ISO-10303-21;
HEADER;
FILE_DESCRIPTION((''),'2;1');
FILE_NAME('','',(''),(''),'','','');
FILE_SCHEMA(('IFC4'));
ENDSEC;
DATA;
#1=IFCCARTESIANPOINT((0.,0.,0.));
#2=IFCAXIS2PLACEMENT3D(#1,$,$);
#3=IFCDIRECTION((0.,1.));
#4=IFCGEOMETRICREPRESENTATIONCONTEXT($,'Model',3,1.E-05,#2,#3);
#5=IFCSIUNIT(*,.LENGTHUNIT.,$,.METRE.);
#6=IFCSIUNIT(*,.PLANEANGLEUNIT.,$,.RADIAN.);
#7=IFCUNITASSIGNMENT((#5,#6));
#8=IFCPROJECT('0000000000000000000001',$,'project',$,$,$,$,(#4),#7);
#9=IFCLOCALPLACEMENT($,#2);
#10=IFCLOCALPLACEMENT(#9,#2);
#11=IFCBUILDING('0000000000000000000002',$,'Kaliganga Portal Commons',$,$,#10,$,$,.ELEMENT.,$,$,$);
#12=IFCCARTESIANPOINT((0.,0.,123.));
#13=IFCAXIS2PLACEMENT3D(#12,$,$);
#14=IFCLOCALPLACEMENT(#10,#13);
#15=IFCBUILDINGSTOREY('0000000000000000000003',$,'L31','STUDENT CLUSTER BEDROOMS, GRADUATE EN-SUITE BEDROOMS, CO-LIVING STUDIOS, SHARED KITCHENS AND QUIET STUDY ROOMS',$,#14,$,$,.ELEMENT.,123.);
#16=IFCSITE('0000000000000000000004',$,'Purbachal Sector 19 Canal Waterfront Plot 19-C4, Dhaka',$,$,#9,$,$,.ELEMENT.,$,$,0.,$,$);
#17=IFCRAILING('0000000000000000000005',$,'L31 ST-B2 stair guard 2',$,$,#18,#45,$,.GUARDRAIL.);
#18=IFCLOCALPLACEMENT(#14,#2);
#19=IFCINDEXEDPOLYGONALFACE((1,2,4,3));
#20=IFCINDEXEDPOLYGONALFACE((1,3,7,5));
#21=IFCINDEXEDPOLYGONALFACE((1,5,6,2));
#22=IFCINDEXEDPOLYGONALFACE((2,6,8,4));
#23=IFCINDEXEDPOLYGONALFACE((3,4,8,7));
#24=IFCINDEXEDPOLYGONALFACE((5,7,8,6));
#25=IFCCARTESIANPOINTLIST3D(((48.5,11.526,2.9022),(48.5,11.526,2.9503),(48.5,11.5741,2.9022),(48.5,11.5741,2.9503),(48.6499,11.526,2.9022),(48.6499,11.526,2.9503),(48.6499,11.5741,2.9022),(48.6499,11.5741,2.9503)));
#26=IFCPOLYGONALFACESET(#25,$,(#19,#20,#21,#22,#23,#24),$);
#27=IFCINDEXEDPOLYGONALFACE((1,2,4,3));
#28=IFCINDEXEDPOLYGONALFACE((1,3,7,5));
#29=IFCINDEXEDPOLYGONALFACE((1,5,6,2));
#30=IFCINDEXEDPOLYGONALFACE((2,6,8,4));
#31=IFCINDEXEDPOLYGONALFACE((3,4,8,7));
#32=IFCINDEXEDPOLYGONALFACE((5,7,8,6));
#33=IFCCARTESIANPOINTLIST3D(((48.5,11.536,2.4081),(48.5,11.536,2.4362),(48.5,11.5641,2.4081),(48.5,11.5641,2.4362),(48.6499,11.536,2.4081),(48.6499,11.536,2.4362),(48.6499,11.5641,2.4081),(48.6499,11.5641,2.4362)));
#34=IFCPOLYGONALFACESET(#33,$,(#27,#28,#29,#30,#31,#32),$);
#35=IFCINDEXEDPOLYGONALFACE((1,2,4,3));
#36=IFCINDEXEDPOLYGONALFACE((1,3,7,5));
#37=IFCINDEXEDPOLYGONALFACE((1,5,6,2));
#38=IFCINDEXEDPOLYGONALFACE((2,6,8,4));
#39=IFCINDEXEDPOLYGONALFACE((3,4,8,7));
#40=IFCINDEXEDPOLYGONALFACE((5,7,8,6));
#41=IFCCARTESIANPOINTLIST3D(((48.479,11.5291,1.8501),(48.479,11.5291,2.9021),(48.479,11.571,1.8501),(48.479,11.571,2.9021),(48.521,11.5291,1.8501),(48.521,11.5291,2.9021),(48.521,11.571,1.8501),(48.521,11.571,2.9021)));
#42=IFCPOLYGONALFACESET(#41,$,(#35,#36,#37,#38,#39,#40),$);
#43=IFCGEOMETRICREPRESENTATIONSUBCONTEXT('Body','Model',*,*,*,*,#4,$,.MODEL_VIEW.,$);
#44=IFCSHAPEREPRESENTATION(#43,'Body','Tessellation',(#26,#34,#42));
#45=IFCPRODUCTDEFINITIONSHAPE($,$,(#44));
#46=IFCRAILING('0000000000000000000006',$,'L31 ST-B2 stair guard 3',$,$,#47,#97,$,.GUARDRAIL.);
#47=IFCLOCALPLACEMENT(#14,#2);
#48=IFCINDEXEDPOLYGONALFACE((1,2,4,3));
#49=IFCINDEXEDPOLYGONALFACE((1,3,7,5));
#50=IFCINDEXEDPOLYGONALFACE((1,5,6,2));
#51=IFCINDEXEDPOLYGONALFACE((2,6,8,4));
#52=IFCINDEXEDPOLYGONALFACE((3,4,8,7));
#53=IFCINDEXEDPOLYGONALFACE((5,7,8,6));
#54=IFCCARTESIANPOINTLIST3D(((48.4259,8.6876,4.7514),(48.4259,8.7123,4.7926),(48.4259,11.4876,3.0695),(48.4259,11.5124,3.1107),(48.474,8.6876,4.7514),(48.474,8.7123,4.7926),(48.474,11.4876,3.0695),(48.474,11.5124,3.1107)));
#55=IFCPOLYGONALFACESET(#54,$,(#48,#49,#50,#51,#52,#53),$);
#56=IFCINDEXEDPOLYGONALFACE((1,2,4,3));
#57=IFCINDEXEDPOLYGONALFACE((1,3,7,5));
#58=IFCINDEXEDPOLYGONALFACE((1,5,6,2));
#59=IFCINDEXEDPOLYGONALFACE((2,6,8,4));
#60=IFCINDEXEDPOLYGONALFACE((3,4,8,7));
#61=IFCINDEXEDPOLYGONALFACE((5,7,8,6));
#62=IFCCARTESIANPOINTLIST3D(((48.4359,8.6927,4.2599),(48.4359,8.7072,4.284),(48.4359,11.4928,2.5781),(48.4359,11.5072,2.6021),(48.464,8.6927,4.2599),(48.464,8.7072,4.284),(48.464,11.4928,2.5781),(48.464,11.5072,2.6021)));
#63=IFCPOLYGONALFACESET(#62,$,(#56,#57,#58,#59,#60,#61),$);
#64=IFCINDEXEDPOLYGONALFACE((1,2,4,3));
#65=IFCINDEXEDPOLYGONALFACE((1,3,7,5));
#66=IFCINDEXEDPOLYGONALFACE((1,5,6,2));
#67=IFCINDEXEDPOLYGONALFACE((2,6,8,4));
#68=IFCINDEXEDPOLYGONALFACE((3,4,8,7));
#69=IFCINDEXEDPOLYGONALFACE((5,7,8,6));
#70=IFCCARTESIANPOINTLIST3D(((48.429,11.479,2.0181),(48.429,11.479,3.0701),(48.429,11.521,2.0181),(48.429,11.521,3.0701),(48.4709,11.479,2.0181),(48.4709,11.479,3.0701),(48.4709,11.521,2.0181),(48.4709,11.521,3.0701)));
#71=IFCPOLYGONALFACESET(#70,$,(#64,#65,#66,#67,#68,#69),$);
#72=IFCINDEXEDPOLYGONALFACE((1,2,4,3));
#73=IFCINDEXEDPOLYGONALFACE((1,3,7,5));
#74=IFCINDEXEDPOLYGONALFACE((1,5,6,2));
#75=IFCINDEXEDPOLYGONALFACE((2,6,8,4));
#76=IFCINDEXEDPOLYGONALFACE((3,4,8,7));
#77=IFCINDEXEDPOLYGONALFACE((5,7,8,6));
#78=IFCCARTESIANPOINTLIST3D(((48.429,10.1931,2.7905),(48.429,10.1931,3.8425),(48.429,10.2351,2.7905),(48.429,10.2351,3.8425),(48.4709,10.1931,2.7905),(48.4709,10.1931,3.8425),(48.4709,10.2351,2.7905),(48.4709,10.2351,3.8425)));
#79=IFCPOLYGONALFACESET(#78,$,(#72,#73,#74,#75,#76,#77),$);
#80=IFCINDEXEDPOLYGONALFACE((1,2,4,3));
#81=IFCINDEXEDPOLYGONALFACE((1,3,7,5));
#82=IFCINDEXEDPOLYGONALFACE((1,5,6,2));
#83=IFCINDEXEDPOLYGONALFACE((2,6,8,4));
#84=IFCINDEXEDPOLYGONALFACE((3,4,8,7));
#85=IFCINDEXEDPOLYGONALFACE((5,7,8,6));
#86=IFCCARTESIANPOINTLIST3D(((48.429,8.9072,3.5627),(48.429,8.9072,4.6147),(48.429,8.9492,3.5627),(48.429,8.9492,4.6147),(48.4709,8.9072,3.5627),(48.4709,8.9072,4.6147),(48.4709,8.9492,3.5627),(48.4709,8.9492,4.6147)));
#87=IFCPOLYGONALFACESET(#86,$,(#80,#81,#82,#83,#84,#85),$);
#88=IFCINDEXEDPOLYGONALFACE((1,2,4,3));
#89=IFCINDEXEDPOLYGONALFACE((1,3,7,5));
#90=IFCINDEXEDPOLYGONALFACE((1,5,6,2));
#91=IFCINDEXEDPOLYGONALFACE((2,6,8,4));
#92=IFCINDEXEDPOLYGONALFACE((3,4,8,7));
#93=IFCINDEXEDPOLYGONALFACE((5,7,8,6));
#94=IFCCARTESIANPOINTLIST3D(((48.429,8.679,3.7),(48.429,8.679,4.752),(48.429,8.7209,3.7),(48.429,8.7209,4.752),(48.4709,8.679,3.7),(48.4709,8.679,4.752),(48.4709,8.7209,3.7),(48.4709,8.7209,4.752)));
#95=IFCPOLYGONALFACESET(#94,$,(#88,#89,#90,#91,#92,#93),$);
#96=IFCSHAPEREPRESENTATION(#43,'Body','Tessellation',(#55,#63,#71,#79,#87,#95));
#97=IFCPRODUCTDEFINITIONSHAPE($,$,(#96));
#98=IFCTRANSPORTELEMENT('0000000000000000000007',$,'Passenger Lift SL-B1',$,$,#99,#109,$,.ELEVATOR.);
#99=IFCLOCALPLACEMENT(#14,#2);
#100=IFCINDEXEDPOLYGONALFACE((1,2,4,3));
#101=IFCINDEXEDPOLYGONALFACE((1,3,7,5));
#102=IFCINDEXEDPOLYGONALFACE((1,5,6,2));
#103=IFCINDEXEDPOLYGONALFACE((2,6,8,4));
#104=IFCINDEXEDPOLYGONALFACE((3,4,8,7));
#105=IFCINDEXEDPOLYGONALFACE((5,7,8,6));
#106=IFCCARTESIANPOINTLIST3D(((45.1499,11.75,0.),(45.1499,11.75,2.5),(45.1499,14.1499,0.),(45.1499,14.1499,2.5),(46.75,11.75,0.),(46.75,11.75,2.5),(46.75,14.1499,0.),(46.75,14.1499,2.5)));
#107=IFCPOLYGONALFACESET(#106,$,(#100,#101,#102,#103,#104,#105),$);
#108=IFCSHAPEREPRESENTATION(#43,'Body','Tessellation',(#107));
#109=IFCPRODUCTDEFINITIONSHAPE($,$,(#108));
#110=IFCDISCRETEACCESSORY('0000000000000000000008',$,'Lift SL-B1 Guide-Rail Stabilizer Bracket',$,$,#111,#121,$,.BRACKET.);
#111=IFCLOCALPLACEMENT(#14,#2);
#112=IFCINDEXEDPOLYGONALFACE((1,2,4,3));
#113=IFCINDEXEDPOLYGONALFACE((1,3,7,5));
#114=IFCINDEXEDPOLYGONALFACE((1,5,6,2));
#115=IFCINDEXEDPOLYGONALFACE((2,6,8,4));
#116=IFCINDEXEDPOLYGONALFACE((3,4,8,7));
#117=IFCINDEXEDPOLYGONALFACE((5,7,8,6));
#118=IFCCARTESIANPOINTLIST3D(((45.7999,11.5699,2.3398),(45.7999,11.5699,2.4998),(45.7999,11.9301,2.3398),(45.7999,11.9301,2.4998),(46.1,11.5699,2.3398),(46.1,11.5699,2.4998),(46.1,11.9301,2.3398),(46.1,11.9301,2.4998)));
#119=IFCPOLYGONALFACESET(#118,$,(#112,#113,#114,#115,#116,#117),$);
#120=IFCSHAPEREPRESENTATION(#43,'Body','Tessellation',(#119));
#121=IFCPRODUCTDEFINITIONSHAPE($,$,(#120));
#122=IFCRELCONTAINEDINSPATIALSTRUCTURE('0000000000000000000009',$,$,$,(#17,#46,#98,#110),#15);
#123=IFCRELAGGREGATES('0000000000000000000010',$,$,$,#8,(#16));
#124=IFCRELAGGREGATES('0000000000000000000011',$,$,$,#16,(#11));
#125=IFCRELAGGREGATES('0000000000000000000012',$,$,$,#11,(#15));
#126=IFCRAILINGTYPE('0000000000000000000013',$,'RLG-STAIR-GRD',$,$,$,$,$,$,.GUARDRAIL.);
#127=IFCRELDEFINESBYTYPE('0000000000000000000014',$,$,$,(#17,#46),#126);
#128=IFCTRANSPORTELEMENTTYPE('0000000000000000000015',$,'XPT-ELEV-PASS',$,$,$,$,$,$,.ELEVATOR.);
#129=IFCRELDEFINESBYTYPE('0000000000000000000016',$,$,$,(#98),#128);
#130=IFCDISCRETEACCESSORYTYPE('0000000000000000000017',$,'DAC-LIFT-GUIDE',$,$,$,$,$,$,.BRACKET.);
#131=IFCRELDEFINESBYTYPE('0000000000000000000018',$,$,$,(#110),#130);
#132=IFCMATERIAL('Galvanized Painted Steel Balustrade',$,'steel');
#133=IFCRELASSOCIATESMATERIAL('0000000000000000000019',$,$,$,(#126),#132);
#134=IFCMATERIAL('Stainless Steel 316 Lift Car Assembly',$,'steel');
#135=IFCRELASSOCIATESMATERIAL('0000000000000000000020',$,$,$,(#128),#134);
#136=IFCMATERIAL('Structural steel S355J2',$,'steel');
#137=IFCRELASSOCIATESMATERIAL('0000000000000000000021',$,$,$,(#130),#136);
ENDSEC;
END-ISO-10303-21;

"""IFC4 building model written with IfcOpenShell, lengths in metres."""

from ifc_helpers import new_model, si_unit, direction, frame, origin, origin_2d, place, context, subcontext, project, spatial, rectangle, extrude, source, transform, mapped, material, type_object, element, save


model = new_model("IFC4")

# Units and contexts
model_context = context("Model", 3, precision=1e-05, world=origin(), true_north=direction((0.0, 1.0)))
body_context = subcontext(model_context, "Body", "Model", "MODEL_VIEW")
ifc_project = project(units=[si_unit("LENGTHUNIT", "METRE"), si_unit("PLANEANGLEUNIT", "RADIAN")], contexts=[model_context])

# Site, building, storey
site_placement = place(None, origin())
site = spatial("IfcSite", under=ifc_project, at=site_placement, Name="Purbachal Sector 19 Canal Waterfront Plot 19-C4, Dhaka", CompositionType="ELEMENT", RefElevation=0.0)
building_placement = place(site_placement, origin())
building = spatial("IfcBuilding", under=site, at=building_placement, Name="Kaliganga Portal Commons", CompositionType="ELEMENT")
storey_placement = place(building_placement, frame((0.0, 0.0, 123.0)))
storey = spatial("IfcBuildingStorey", under=building, at=storey_placement, Name="L31", Description="STUDENT CLUSTER BEDROOMS, GRADUATE EN-SUITE BEDROOMS, CO-LIVING STUDIOS, SHARED KITCHENS AND QUIET STUDY ROOMS", CompositionType="ELEMENT", Elevation=123.0)

# Shared definitions
ifc_material_1 = material(Name="Structural steel S355J2", Category="steel")

# Railings
ifc_material_2 = material(Name="Galvanized Painted Steel Balustrade", Category="steel")
railing_type = type_object("IfcRailingType", Name="RLG-STAIR-GRD", PredefinedType="GUARDRAIL", material=ifc_material_2)
railing_1_placement = place(storey_placement, frame((48.6499, 11.55, 1.8501)))
element("IfcRailing", 1, at=railing_1_placement, inside=storey, type_object=railing_type, Name="L31 ST-B2 stair guard 2", PredefinedType="GUARDRAIL", context=body_context, shape_type="SweptSolid", body=[
    extrude(rectangle(XDim=0.0481, YDim=0.0481, at=origin_2d()), frame((0.0, 0.0, 1.0762), z_axis=(-1.0, 0.0, 0.0), x_axis=(0.0, -1.0, 0.0)), (0.0, 0.0, 1.0), 0.1499),
    extrude(rectangle(XDim=0.0281, YDim=0.0281, at=origin_2d()), frame((0.0, 0.0, 0.572), z_axis=(-1.0, 0.0, 0.0), x_axis=(0.0, -1.0, 0.0)), (0.0, 0.0, 1.0), 0.1499),
    extrude(rectangle(XDim=0.042, YDim=0.042, at=origin_2d()), frame((-0.1499, 0.0, 0.0)), (0.0, 0.0, 1.0), 1.052),
])
railing_2_placement = place(storey_placement, frame((48.45, 11.5, 2.0181)))
element("IfcRailing", 2, at=railing_2_placement, inside=storey, type_object=railing_type, Name="L31 ST-B2 stair guard 3", PredefinedType="GUARDRAIL", context=body_context, shape_type="SweptSolid", body=[
    extrude(rectangle(XDim=0.0481, YDim=0.0481, at=origin_2d()), frame((0.0, 0.0, 1.072), z_axis=(0.0, -0.857242, 0.514913), x_axis=(1.0, 0.0, 0.0)), (0.0, 0.0, 1.0), 3.2664),
    extrude(rectangle(XDim=0.0281, YDim=0.0281, at=origin_2d()), frame((0.0, 0.0, 0.572), z_axis=(0.0, -0.857242, 0.514913), x_axis=(1.0, 0.0, 0.0)), (0.0, 0.0, 1.0), 3.2664),
    extrude(rectangle(XDim=0.042, YDim=0.042, at=origin_2d()), origin(), (0.0, 0.0, 1.0), 1.052),
    extrude(rectangle(XDim=0.042, YDim=0.042, at=origin_2d()), frame((0.0, -1.2859, 0.7725)), (0.0, 0.0, 1.0), 1.052),
    extrude(rectangle(XDim=0.042, YDim=0.042, at=origin_2d()), frame((0.0, -2.5718, 1.5447)), (0.0, 0.0, 1.0), 1.052),
    extrude(rectangle(XDim=0.042, YDim=0.042, at=origin_2d()), frame((0.0, -2.8, 1.6819)), (0.0, 0.0, 1.0), 1.052),
])

# Transport element
ifc_material_3 = material(Name="Stainless Steel 316 Lift Car Assembly", Category="steel")
transport_element_type = type_object("IfcTransportElementType", Name="XPT-ELEV-PASS", PredefinedType="ELEVATOR", material=ifc_material_3)
shared_shape_1 = source(origin(), body_context, "Body", "SweptSolid", [
    extrude(rectangle(XDim=1.6001, YDim=2.3999, at=origin_2d()), origin(), (0.0, 0.0, 1.0), 2.5),
])
transport_element_placement = place(storey_placement, frame((45.95, 12.95, 0.0), z_axis=(0.0, 0.0, 1.0), x_axis=(1.0, 0.0, 0.0)))
element("IfcTransportElement", 3, at=transport_element_placement, inside=storey, type_object=transport_element_type, Name="Passenger Lift SL-B1", PredefinedType="ELEVATOR", context=body_context, shape_type="MappedRepresentation", body=[
    mapped(shared_shape_1, transform((0.0, 0.0, 0.0), x_axis=(1.0, 0.0, 0.0), y_axis=(0.0, 1.0, 0.0), z_axis=(0.0, 0.0, 1.0), scale=1.0)),
])

# Discrete accessory
discrete_accessory_type = type_object("IfcDiscreteAccessoryType", Name="DAC-LIFT-GUIDE", PredefinedType="BRACKET", material=ifc_material_1)
shared_shape_2 = source(origin(), body_context, "Body", "SweptSolid", [
    extrude(rectangle(XDim=0.3, YDim=0.3601, at=origin_2d()), origin(), (0.0, 0.0, 1.0), 0.1599),
])
discrete_accessory_placement = place(storey_placement, frame((45.95, 11.75, 2.3398), z_axis=(0.0, 0.0, 1.0), x_axis=(1.0, 0.0, 0.0)))
element("IfcDiscreteAccessory", 4, at=discrete_accessory_placement, inside=storey, type_object=discrete_accessory_type, Name="Lift SL-B1 Guide-Rail Stabilizer Bracket", PredefinedType="BRACKET", context=body_context, shape_type="MappedRepresentation", body=[
    mapped(shared_shape_2, transform((0.0, 0.0, 0.0), x_axis=(1.0, 0.0, 0.0), y_axis=(0.0, 1.0, 0.0), z_axis=(0.0, 0.0, 1.0), scale=1.0)),
])

save(model, "model.ifc")
